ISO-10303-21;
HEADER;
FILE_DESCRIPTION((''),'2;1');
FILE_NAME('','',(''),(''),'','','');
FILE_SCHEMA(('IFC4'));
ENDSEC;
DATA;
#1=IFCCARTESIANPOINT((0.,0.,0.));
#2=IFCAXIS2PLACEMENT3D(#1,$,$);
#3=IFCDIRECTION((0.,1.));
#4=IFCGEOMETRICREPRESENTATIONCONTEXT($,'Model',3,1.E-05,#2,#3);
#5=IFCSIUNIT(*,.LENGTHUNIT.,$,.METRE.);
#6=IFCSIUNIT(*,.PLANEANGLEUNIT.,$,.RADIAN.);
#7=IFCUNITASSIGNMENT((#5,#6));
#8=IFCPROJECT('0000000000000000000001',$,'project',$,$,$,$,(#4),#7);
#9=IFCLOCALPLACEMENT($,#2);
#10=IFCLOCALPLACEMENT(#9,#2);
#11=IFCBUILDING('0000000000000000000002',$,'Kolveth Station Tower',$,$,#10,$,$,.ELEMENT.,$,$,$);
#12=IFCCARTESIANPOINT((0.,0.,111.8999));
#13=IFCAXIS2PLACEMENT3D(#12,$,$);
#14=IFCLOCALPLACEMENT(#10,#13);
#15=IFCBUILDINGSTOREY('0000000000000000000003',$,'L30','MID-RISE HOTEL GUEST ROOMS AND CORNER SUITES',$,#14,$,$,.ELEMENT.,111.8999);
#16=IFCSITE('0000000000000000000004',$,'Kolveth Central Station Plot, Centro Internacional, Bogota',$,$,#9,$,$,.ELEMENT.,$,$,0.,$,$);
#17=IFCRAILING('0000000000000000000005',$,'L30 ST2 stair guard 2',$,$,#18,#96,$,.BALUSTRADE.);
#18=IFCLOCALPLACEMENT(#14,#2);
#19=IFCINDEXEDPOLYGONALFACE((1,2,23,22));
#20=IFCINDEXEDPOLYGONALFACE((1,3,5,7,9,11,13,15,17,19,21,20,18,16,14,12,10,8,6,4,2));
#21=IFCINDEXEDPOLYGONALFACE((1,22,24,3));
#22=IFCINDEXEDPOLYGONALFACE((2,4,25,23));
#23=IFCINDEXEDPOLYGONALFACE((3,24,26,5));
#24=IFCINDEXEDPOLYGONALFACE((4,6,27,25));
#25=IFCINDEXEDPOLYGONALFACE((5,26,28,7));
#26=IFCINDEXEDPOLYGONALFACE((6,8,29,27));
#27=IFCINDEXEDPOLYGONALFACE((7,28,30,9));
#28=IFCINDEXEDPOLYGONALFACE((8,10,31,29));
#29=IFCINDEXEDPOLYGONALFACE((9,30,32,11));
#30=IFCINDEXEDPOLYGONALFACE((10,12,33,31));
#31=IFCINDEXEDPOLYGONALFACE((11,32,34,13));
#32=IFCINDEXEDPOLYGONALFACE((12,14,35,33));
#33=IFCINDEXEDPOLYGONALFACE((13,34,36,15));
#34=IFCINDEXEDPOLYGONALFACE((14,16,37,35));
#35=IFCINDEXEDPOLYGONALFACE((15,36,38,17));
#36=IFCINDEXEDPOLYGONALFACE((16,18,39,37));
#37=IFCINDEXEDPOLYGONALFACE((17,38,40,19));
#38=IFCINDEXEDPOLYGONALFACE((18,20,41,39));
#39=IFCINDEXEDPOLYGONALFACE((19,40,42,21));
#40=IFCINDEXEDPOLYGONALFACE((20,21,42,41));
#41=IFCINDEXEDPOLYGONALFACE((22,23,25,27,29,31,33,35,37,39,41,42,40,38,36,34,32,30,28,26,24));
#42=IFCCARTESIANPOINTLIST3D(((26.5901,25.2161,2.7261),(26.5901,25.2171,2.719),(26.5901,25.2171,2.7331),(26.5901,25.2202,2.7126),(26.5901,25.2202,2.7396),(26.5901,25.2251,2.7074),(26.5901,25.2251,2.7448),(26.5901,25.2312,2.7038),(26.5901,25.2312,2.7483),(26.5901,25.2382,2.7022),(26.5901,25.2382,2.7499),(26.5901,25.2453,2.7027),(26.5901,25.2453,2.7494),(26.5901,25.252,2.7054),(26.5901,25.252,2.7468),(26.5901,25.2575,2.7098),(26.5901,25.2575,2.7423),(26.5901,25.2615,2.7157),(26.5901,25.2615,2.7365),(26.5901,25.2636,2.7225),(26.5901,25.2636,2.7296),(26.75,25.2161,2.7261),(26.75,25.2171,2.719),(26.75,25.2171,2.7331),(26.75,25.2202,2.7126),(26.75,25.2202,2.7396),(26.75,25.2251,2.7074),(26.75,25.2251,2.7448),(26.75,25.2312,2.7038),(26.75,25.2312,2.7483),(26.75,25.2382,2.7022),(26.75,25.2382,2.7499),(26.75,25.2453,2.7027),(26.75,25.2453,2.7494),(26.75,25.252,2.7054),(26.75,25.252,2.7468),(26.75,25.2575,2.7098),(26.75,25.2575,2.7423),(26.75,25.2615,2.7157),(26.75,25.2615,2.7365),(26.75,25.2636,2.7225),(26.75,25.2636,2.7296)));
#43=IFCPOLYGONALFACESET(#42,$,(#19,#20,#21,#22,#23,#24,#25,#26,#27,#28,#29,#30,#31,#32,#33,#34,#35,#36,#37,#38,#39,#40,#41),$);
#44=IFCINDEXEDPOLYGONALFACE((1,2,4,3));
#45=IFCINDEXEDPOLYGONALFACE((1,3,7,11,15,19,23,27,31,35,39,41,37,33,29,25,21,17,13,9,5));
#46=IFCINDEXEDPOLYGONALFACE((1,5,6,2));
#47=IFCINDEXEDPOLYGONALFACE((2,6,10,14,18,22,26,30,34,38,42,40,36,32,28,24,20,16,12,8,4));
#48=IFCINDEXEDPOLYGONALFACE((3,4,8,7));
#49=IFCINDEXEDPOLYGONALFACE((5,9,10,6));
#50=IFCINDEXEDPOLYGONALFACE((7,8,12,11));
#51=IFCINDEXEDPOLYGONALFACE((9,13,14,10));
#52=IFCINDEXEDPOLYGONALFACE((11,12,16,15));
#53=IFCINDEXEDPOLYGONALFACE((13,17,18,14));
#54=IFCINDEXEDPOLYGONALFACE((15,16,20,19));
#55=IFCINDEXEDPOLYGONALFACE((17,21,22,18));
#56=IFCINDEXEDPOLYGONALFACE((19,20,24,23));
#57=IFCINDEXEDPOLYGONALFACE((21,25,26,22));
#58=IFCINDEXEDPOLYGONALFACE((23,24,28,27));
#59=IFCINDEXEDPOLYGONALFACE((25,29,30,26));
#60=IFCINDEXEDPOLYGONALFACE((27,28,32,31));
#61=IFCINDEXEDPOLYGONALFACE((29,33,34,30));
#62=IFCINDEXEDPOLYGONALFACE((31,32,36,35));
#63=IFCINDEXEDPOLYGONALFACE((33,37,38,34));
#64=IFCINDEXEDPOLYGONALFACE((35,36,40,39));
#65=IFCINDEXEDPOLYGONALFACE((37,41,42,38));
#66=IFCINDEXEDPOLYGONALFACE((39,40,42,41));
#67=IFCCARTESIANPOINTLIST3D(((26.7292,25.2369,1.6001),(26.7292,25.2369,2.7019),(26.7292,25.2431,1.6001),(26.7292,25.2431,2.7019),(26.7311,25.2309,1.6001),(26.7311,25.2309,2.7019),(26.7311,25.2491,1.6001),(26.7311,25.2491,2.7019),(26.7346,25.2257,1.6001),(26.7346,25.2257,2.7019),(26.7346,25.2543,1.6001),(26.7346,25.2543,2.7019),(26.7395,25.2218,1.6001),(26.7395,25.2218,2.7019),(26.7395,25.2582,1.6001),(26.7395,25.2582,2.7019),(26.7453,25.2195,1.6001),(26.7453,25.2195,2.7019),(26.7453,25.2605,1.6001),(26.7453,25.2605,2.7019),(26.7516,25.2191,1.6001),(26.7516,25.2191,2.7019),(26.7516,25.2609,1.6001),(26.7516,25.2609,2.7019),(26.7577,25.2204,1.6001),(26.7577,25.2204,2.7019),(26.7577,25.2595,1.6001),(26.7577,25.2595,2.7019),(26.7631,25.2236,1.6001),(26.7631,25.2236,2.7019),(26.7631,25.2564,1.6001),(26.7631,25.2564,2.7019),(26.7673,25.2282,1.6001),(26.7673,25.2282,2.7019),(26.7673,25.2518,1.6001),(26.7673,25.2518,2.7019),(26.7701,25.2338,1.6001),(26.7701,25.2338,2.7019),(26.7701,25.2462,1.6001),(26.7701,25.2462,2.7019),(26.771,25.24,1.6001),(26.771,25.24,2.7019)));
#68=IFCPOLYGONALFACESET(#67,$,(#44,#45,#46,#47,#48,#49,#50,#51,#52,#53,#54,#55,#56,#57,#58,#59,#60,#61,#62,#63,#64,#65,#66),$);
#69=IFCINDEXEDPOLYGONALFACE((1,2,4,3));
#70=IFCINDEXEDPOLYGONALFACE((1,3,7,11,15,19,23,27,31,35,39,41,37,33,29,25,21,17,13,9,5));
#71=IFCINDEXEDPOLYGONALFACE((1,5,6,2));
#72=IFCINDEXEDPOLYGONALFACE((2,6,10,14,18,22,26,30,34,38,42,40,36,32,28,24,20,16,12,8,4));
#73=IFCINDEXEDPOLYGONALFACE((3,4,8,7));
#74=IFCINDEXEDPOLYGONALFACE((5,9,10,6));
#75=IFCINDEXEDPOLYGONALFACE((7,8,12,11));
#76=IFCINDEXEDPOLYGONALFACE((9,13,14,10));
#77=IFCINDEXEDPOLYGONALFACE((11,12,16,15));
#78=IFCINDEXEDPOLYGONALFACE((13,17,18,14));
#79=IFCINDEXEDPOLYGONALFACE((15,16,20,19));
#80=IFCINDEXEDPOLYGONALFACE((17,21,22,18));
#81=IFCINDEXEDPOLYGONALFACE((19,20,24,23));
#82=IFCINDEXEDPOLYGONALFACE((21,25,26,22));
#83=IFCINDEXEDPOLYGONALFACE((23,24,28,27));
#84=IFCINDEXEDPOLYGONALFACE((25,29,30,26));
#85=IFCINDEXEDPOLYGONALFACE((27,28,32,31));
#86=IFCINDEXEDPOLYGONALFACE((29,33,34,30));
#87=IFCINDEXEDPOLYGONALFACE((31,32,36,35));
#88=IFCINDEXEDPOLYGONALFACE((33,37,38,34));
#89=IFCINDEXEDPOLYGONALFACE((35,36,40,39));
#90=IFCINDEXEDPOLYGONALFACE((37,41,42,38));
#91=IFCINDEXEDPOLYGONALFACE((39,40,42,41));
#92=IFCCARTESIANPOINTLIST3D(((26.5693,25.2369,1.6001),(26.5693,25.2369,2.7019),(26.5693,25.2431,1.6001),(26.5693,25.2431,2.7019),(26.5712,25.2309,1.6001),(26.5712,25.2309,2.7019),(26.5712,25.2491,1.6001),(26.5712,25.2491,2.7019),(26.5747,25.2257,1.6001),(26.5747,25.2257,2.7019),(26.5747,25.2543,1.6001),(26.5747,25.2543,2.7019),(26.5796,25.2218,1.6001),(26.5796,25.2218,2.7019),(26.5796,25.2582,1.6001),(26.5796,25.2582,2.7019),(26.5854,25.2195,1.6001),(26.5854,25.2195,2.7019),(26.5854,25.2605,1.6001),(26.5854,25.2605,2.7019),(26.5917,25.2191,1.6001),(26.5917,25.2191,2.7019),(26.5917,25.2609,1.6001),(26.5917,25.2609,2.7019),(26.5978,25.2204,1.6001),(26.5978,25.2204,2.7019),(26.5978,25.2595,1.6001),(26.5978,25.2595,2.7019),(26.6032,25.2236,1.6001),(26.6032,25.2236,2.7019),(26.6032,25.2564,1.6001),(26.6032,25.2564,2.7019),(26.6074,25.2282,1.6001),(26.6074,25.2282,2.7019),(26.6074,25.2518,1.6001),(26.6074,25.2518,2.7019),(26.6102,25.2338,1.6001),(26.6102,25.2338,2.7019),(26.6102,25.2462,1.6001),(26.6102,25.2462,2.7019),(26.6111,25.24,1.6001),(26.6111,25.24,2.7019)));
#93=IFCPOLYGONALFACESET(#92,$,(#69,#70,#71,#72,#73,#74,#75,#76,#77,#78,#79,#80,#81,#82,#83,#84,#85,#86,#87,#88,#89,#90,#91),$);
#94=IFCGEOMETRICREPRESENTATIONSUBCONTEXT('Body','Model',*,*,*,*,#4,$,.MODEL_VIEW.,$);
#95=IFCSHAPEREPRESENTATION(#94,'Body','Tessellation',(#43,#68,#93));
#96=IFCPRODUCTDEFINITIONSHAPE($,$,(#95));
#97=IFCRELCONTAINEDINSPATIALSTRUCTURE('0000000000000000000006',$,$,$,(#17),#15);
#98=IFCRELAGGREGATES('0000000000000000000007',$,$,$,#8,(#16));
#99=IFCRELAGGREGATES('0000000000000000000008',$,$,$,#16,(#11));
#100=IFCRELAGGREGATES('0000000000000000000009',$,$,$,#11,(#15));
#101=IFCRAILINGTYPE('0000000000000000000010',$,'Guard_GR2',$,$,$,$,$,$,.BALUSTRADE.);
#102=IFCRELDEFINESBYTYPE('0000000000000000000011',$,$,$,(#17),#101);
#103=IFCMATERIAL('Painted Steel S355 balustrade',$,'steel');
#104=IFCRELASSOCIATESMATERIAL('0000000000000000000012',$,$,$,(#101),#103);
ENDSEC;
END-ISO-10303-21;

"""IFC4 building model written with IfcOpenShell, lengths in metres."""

from ifc_helpers import new_model, si_unit, direction, frame, origin, origin_2d, place, context, subcontext, project, spatial, circle, extrude, material, type_object, element, save


model = new_model("IFC4")

# Units and contexts
model_context = context("Model", 3, precision=1e-05, world=origin(), true_north=direction((0.0, 1.0)))
body_context = subcontext(model_context, "Body", "Model", "MODEL_VIEW")
ifc_project = project(units=[si_unit("LENGTHUNIT", "METRE"), si_unit("PLANEANGLEUNIT", "RADIAN")], contexts=[model_context])

# Site, building, storey
site_placement = place(None, origin())
site = spatial("IfcSite", under=ifc_project, at=site_placement, Name="Kolveth Central Station Plot, Centro Internacional, Bogota", CompositionType="ELEMENT", RefElevation=0.0)
building_placement = place(site_placement, origin())
building = spatial("IfcBuilding", under=site, at=building_placement, Name="Kolveth Station Tower", CompositionType="ELEMENT")
storey_placement = place(building_placement, frame((0.0, 0.0, 111.8999)))
storey = spatial("IfcBuildingStorey", under=building, at=storey_placement, Name="L30", Description="MID-RISE HOTEL GUEST ROOMS AND CORNER SUITES", CompositionType="ELEMENT", Elevation=111.8999)

# Railing
ifc_material_1 = material(Name="Painted Steel S355 balustrade", Category="steel")
railing_type_1 = type_object("IfcRailingType", Name="Guard_GR2", PredefinedType="BALUSTRADE", material=ifc_material_1)
railing_1_placement = place(storey_placement, frame((26.75, 25.24, 1.6001)))
element("IfcRailing", 1, at=railing_1_placement, inside=storey, type_object=railing_type_1, Name="L30 ST2 stair guard 2", PredefinedType="BALUSTRADE", context=body_context, shape_type="SweptSolid", body=[
    extrude(circle(Radius=0.0239, at=origin_2d()), frame((0.0, 0.0, 1.126), z_axis=(-1.0, 0.0, 0.0), x_axis=(0.0, -1.0, 0.0)), (0.0, 0.0, 1.0), 0.1599),
    extrude(circle(Radius=0.021, at=origin_2d()), origin(), (0.0, 0.0, 1.0), 1.1018),
    extrude(circle(Radius=0.021, at=origin_2d()), frame((-0.1599, 0.0, 0.0)), (0.0, 0.0, 1.0), 1.1018),
])

save(model, "model.ifc")
